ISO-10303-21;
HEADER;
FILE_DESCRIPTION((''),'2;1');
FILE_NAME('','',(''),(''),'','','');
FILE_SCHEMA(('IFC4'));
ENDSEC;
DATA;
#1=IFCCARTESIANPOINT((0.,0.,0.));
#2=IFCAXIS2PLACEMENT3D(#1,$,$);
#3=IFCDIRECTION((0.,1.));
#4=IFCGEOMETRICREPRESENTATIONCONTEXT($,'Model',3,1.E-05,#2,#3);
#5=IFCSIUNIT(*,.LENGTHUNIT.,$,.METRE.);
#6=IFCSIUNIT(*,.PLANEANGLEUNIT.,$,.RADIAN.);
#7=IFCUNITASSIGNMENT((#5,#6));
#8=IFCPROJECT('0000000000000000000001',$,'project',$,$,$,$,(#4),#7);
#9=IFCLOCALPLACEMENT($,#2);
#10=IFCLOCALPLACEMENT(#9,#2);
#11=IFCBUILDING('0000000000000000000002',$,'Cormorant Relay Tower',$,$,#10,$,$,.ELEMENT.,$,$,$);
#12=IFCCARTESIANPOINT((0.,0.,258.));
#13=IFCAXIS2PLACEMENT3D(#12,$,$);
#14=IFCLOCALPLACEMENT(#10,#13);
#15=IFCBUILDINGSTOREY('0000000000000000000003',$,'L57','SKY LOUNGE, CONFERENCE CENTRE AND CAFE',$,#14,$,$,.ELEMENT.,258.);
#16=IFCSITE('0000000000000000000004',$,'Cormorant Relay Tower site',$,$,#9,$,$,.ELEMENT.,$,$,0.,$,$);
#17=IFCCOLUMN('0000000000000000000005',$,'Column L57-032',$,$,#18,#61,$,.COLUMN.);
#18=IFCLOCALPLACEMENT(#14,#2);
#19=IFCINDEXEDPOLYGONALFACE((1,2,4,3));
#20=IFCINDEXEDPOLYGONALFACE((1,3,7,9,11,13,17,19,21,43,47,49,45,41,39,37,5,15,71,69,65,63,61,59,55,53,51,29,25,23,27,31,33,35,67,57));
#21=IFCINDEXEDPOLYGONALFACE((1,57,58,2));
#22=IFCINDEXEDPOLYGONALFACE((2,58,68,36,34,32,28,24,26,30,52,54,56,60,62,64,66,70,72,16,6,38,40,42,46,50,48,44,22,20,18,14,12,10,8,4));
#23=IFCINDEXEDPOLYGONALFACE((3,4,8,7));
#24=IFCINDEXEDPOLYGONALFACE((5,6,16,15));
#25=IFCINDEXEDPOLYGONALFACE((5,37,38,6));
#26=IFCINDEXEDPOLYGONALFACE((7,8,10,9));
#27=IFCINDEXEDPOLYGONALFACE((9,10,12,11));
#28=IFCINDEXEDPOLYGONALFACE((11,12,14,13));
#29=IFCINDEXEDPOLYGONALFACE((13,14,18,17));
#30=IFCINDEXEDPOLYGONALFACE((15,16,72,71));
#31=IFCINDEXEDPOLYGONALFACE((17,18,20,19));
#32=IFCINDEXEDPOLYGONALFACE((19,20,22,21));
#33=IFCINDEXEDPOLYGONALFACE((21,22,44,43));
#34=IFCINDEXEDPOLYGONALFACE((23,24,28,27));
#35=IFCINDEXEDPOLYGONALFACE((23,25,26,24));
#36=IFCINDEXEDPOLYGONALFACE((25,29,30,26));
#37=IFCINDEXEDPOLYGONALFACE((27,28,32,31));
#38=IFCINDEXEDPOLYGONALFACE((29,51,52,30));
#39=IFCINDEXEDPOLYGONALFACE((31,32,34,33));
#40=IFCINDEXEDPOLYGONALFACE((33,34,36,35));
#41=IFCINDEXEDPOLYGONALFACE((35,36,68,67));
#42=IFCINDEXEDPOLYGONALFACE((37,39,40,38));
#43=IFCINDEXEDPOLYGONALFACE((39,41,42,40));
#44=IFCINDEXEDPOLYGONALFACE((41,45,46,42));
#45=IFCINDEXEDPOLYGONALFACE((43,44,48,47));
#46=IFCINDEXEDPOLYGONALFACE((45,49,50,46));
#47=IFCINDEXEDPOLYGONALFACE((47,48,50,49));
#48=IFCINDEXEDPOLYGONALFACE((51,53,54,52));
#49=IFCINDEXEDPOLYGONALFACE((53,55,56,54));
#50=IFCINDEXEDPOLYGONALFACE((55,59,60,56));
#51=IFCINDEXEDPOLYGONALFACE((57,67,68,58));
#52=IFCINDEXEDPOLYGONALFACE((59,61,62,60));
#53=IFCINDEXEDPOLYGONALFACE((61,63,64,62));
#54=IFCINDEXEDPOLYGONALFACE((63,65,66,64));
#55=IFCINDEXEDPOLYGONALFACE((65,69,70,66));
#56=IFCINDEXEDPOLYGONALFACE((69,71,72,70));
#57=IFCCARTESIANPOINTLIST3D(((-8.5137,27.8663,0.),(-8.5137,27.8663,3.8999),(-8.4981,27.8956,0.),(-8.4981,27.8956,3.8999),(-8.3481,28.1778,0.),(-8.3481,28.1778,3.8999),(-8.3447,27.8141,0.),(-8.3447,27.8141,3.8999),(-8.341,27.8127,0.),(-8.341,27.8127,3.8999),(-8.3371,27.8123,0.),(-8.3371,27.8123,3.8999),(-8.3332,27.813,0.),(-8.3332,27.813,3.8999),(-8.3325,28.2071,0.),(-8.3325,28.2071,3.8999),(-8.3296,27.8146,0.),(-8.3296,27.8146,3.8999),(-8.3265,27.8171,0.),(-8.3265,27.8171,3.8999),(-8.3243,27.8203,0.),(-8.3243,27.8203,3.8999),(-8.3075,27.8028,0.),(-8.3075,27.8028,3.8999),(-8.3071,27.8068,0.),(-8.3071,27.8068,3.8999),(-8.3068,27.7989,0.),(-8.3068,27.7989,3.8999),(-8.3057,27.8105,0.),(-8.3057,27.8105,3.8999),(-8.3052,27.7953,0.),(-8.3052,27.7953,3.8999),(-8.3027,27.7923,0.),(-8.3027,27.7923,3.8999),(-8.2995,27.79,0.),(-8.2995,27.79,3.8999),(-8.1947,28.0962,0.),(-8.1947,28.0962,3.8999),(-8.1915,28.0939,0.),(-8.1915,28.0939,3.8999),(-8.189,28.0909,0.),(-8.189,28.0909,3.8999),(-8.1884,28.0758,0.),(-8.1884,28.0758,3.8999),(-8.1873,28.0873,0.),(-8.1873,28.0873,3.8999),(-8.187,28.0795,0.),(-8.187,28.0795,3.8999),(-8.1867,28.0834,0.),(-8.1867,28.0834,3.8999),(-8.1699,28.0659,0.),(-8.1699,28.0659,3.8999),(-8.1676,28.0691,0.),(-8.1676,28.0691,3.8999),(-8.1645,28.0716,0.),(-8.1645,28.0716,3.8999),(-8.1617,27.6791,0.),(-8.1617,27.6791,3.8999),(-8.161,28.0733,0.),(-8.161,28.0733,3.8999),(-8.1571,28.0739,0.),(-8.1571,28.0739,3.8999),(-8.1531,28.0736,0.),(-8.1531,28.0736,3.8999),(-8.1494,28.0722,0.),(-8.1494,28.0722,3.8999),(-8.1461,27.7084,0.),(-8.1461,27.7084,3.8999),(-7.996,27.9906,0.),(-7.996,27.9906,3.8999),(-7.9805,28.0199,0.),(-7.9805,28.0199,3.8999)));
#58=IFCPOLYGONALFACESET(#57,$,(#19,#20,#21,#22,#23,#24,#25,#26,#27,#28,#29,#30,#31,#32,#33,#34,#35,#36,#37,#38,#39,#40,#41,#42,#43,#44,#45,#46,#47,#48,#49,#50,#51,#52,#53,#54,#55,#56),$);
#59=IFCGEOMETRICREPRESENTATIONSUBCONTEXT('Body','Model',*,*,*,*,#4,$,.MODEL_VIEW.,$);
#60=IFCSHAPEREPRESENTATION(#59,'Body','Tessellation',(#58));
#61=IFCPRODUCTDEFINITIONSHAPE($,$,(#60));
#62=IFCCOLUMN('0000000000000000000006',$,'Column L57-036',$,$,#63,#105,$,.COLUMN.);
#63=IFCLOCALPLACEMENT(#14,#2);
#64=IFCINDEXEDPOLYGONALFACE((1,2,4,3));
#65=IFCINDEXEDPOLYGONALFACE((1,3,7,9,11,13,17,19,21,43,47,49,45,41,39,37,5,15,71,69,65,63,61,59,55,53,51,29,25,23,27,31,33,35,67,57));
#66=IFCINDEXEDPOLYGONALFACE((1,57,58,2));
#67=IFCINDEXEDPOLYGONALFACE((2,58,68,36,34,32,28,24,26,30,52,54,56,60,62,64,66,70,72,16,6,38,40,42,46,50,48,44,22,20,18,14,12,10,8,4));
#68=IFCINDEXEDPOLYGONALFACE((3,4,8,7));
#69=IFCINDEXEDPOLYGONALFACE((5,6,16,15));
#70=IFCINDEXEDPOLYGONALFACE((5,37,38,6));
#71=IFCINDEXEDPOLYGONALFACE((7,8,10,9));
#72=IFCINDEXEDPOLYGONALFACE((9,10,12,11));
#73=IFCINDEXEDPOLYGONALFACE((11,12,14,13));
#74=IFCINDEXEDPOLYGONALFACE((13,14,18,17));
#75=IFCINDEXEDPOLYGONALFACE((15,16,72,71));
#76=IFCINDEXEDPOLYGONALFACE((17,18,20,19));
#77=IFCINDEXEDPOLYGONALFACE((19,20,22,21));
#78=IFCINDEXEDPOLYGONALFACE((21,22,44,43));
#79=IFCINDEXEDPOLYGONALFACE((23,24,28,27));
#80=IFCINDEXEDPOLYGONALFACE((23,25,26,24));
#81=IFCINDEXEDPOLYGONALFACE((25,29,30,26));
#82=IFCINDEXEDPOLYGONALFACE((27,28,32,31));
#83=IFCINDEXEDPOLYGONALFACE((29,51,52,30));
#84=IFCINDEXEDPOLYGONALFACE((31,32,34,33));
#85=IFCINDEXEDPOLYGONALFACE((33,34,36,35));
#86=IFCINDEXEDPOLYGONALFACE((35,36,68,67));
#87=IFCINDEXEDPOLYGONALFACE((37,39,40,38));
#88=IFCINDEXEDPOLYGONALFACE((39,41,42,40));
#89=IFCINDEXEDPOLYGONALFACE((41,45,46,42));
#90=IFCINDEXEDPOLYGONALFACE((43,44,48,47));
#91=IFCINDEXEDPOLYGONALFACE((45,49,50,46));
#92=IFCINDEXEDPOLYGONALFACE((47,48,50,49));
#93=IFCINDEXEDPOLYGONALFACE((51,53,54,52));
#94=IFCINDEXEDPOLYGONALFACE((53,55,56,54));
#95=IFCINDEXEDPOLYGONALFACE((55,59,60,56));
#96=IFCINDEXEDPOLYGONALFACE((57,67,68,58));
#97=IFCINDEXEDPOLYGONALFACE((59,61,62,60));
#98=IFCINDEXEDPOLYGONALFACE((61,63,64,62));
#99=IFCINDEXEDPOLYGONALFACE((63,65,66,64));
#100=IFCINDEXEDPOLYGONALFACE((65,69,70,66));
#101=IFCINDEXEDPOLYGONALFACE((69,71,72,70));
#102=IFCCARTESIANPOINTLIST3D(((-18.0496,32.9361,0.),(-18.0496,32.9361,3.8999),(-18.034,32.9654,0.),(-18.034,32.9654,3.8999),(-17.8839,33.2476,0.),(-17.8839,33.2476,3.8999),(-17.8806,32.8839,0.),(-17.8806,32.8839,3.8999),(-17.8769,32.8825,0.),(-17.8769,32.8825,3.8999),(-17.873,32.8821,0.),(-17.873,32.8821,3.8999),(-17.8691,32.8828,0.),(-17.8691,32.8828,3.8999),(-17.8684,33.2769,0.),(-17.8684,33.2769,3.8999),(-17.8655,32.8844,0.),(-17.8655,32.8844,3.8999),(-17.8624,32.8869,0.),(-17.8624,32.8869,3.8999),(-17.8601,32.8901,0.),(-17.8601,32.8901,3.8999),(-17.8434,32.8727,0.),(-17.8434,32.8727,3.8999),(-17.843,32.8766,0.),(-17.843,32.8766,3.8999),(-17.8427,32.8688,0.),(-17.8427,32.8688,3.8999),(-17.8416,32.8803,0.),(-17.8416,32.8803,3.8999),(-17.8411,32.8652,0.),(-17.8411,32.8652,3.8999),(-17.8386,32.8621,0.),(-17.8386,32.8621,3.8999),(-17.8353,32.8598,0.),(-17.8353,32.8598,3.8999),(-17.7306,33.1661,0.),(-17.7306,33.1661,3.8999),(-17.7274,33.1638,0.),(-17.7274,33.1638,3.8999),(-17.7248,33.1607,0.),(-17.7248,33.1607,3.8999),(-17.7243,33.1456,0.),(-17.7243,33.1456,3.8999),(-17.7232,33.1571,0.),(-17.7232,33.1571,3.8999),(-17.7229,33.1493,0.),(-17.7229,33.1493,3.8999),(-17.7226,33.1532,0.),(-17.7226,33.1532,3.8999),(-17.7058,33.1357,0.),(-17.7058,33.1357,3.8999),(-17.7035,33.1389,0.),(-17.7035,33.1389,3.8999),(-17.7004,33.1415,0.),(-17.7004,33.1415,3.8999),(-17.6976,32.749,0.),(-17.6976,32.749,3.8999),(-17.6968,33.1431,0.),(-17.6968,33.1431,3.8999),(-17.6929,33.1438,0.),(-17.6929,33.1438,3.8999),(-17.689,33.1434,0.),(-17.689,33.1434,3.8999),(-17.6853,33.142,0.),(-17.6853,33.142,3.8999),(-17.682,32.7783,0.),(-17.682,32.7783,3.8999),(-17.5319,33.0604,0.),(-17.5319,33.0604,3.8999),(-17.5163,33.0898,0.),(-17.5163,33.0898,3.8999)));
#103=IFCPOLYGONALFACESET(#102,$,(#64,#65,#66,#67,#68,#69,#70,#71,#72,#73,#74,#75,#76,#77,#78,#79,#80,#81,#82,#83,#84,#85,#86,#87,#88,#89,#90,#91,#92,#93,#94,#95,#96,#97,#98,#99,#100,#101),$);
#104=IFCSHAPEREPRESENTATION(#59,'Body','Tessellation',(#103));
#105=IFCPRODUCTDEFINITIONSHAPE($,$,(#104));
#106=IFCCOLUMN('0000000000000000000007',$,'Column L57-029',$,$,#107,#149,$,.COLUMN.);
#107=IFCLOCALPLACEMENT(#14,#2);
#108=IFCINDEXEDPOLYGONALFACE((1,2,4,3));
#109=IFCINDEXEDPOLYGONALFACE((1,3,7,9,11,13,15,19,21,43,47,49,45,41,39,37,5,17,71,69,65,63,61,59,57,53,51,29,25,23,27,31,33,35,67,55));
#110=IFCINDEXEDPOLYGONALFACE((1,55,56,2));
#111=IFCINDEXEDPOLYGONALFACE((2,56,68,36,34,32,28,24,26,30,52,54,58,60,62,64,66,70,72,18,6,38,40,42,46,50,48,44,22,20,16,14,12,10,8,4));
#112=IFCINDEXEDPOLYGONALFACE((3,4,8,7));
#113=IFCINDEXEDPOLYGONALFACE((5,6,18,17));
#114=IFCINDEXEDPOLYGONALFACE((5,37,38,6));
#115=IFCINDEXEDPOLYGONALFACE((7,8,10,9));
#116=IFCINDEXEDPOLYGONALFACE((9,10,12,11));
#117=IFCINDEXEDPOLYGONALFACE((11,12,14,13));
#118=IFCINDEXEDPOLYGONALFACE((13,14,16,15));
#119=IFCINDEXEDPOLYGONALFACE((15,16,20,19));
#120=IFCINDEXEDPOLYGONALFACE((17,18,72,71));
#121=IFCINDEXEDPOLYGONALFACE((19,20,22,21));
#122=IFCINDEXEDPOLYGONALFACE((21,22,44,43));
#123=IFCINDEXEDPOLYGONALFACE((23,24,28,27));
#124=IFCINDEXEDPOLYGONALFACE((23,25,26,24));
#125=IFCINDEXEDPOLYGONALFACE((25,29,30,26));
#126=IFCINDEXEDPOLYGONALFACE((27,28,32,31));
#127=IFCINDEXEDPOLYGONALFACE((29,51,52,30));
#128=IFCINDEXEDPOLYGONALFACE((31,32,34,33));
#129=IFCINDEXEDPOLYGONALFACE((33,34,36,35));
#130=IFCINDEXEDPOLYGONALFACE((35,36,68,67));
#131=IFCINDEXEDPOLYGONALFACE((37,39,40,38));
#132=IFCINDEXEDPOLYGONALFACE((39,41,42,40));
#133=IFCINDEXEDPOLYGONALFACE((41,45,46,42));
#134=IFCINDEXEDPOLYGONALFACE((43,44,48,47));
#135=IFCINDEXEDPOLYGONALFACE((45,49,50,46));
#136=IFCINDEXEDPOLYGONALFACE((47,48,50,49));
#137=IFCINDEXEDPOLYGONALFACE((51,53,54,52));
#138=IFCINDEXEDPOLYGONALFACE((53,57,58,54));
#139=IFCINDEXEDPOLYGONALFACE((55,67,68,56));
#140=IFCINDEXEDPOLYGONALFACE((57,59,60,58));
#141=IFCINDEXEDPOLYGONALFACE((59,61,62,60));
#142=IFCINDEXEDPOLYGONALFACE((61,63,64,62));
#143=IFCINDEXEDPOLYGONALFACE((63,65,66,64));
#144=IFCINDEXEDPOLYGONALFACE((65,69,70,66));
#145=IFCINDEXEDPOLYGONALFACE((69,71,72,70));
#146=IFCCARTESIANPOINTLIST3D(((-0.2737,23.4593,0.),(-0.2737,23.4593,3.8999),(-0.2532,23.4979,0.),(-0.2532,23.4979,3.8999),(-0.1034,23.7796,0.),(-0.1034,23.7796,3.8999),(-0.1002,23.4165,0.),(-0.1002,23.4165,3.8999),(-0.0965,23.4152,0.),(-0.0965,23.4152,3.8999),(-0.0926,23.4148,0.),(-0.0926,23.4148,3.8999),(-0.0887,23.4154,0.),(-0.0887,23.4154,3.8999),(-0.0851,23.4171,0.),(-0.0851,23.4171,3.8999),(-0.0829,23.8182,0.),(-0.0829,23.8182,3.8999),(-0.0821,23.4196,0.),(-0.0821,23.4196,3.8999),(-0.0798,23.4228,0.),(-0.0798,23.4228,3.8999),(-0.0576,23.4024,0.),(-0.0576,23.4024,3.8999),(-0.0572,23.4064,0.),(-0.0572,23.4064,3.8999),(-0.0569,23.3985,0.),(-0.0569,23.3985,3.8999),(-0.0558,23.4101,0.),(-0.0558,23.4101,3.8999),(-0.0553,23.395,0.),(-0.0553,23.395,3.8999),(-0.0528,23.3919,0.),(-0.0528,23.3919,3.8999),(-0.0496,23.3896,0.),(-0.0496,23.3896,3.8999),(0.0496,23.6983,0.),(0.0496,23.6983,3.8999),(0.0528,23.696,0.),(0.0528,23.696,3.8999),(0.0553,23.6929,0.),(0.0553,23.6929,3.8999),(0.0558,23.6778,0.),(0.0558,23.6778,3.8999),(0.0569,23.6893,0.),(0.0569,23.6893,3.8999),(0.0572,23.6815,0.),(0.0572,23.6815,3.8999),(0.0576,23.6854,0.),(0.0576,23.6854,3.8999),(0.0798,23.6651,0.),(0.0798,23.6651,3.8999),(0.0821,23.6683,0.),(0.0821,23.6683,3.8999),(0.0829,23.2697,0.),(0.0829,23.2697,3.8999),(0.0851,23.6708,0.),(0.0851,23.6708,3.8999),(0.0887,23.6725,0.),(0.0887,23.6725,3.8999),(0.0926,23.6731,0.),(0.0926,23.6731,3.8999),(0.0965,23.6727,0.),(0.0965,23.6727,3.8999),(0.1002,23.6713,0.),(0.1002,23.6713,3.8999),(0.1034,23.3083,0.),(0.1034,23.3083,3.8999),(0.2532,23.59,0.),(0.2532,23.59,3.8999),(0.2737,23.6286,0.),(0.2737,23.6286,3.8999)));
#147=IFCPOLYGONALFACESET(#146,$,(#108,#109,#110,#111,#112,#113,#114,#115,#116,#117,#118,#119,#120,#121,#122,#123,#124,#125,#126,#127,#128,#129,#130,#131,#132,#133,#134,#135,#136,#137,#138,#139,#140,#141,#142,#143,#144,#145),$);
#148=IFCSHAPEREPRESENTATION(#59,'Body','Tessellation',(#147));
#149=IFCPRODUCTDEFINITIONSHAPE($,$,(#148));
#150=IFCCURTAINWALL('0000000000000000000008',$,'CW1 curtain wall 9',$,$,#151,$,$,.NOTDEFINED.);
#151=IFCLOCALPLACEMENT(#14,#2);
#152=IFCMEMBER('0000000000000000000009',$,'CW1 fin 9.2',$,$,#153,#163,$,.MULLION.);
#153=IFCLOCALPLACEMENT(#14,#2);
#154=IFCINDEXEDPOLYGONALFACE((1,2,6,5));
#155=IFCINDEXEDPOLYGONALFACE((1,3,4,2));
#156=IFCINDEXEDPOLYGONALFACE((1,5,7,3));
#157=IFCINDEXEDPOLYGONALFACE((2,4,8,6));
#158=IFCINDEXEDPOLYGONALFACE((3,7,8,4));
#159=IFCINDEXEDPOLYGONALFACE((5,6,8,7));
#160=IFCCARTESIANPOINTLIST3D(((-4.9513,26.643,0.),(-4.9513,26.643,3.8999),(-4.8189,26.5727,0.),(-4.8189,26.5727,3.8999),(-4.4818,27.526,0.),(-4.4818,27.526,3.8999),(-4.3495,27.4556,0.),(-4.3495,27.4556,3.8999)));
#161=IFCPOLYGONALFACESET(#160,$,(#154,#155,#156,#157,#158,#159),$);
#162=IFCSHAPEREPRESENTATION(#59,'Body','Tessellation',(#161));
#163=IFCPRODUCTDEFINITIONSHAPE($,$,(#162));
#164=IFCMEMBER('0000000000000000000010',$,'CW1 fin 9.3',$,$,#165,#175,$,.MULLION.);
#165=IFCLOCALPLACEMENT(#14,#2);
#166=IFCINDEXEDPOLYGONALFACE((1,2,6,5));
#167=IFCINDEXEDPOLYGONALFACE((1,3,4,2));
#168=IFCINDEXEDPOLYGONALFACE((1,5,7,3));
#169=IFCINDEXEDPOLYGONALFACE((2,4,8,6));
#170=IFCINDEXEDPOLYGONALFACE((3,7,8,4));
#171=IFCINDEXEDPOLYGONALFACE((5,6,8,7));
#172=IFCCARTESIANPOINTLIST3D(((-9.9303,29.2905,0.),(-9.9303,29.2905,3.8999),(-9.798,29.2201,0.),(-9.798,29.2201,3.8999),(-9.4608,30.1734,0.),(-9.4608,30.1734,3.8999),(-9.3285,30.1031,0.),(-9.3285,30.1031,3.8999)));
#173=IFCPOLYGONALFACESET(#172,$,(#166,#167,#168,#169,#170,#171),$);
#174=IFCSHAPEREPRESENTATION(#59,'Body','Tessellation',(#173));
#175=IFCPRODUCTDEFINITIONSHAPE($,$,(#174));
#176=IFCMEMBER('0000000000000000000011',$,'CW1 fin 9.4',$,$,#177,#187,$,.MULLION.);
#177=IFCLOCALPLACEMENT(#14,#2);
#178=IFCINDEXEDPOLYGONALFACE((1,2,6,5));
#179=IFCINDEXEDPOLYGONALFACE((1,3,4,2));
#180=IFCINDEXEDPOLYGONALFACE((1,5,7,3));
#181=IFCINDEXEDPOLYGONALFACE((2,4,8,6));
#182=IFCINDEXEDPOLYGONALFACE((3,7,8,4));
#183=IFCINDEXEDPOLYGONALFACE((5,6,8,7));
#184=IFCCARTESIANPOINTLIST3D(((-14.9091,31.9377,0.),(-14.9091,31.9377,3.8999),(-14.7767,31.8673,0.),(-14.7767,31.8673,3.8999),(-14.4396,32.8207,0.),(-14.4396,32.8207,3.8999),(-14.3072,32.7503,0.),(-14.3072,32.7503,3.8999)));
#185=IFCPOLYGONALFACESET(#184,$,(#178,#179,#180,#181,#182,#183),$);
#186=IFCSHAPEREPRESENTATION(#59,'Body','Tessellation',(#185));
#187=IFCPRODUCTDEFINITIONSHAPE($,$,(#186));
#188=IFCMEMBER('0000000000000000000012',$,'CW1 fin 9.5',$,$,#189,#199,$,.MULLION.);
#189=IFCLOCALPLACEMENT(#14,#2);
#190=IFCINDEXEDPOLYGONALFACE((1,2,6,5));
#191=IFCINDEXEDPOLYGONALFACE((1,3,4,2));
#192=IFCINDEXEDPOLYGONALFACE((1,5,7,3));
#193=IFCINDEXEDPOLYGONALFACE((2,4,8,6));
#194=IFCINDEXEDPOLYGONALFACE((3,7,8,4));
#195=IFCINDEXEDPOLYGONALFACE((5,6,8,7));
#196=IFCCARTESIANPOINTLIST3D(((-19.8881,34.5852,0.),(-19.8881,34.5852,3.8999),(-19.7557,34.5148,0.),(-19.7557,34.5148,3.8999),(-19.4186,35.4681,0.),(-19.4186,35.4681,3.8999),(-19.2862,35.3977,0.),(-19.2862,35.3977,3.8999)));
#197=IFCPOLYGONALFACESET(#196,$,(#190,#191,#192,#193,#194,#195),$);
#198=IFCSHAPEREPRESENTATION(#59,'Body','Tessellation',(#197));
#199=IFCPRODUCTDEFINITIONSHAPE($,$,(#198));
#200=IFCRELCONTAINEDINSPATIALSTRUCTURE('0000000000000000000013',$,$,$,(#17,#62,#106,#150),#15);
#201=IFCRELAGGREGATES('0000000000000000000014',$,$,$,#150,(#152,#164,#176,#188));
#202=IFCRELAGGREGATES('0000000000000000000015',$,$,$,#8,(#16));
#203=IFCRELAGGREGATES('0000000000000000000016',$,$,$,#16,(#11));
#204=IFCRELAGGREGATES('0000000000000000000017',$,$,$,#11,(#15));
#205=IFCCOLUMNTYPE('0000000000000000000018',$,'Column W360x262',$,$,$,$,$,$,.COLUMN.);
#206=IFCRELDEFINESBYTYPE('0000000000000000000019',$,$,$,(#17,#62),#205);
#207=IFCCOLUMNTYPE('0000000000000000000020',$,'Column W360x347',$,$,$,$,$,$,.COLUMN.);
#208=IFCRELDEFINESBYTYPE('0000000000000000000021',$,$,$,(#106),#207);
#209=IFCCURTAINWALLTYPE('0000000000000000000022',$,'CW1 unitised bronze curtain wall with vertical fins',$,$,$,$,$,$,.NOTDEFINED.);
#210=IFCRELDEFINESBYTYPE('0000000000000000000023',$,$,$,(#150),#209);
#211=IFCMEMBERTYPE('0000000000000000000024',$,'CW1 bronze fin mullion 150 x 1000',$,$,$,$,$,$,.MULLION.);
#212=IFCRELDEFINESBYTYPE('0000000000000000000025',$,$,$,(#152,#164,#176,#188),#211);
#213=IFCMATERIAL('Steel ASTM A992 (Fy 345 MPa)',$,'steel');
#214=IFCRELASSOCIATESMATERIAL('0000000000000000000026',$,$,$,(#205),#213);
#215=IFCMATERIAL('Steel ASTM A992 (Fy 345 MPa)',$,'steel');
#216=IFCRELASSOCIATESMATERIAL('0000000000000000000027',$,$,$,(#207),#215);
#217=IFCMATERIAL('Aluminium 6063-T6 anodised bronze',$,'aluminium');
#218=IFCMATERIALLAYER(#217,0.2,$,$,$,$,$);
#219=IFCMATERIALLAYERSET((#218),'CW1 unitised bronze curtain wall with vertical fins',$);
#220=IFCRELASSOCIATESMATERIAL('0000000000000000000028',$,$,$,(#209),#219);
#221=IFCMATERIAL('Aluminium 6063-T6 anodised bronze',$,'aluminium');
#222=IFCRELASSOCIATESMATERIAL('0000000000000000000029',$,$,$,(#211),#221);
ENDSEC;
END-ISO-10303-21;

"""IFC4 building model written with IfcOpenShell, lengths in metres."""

from ifc_helpers import new_model, si_unit, direction, frame, origin, origin_2d, place, context, subcontext, project, spatial, rectangle, i_section, extrude, material, layer, layer_set, material_profile, profile_set, type_object, element, aggregate, save


model = new_model("IFC4")

# Units and contexts
model_context = context("Model", 3, precision=1e-05, world=origin(), true_north=direction((0.0, 1.0)))
body_context = subcontext(model_context, "Body", "Model", "MODEL_VIEW")
ifc_project = project(units=[si_unit("LENGTHUNIT", "METRE"), si_unit("PLANEANGLEUNIT", "RADIAN")], contexts=[model_context])

# Site, building, storey
site_placement = place(None, origin())
site = spatial("IfcSite", under=ifc_project, at=site_placement, Name="Cormorant Relay Tower site", CompositionType="ELEMENT", RefElevation=0.0)
building_placement = place(site_placement, origin())
building = spatial("IfcBuilding", under=site, at=building_placement, Name="Cormorant Relay Tower", CompositionType="ELEMENT")
storey_placement = place(building_placement, frame((0.0, 0.0, 258.0)))
storey = spatial("IfcBuildingStorey", under=building, at=storey_placement, Name="L57", Description="SKY LOUNGE, CONFERENCE CENTRE AND CAFE", CompositionType="ELEMENT", Elevation=258.0)

# Columns
ifc_material_1 = material(Name="Steel ASTM A992 (Fy 345 MPa)", Category="steel")
ifc_material_profile_1 = material_profile(ifc_material_1, i_section(OverallWidth=0.3987, OverallDepth=0.386, WebThickness=0.021, FlangeThickness=0.0332, FilletRadius=0.0151, at=origin_2d()), Name="W360x262")
ifc_profile_set_1 = profile_set([ifc_material_profile_1], Name="Steel ASTM A992 (Fy 345 MPa)")
column_type_1 = type_object("IfcColumnType", Name="Column W360x262", PredefinedType="COLUMN", material=ifc_profile_set_1)
for number, where, z_axis, x_axis, name in (
    (1, (-8.2471, 27.9431, 0.0), (0.0, 0.0, 1.0), (-0.882948, 0.469472, 0.0), "Column L57-032"),
    (2, (-17.783, 33.0129, 0.0), (0.0, 0.0, 1.0), (-0.882948, 0.469472, 0.0), "Column L57-036"),
):
    element("IfcColumn", number, at=place(storey_placement, frame(where, z_axis=z_axis, x_axis=x_axis)), inside=storey, type_object=column_type_1, Name=name, PredefinedType="COLUMN", context=body_context, shape_type="SweptSolid", body=[
        extrude(i_section(OverallWidth=0.3987, OverallDepth=0.386, WebThickness=0.021, FlangeThickness=0.0332, FilletRadius=0.0151, at=origin_2d()), origin(), (0.0, 0.0, 1.0), 3.8999),
    ])
ifc_material_2 = material(Name="Steel ASTM A992 (Fy 345 MPa)", Category="steel")
ifc_material_profile_2 = material_profile(ifc_material_2, i_section(OverallWidth=0.4038, OverallDepth=0.4065, WebThickness=0.0271, FlangeThickness=0.0437, FilletRadius=0.0151, at=origin_2d()), Name="W360x347")
ifc_profile_set_2 = profile_set([ifc_material_profile_2], Name="Steel ASTM A992 (Fy 345 MPa)")
column_type_2 = type_object("IfcColumnType", Name="Column W360x347", PredefinedType="COLUMN", material=ifc_profile_set_2)
column_placement = place(storey_placement, frame((0.0, 23.5439, 0.0), z_axis=(0.0, 0.0, 1.0), x_axis=(-0.882948, 0.469472, 0.0)))
element("IfcColumn", 3, at=column_placement, inside=storey, type_object=column_type_2, Name="Column L57-029", PredefinedType="COLUMN", context=body_context, shape_type="SweptSolid", body=[
    extrude(i_section(OverallWidth=0.4038, OverallDepth=0.4065, WebThickness=0.0271, FlangeThickness=0.0437, FilletRadius=0.0151, at=origin_2d()), origin(), (0.0, 0.0, 1.0), 3.8999),
])

# Curtain wall, members
ifc_material_3 = material(Name="Aluminium 6063-T6 anodised bronze", Category="aluminium")
ifc_layer_1 = layer(ifc_material_3, 0.2)
ifc_layer_set_1 = layer_set([ifc_layer_1], Name="CW1 unitised bronze curtain wall with vertical fins")
curtain_wall_type = type_object("IfcCurtainWallType", Name="CW1 unitised bronze curtain wall with vertical fins", PredefinedType="NOTDEFINED", material=ifc_layer_set_1)
curtain_wall_placement = place(storey_placement, origin())
curtain_wall = element("IfcCurtainWall", 4, at=curtain_wall_placement, inside=storey, type_object=curtain_wall_type, Name="CW1 curtain wall 9", PredefinedType="NOTDEFINED")
ifc_material_4 = material(Name="Aluminium 6063-T6 anodised bronze", Category="aluminium")
ifc_material_profile_3 = material_profile(ifc_material_4, rectangle(XDim=0.1499, YDim=1.0, at=origin_2d()), Name="AL 150x1000")
ifc_profile_set_3 = profile_set([ifc_material_profile_3], Name="Aluminium 6063-T6 anodised bronze")
member_type = type_object("IfcMemberType", Name="CW1 bronze fin mullion 150 x 1000", PredefinedType="MULLION", material=ifc_profile_set_3)
member_1_placement = place(storey_placement, frame((-4.6504, 27.0493, 0.0), z_axis=(0.0, 0.0, 1.0), x_axis=(-0.882948, 0.469472, 0.0)))
member_1 = element("IfcMember", 5, at=member_1_placement, type_object=member_type, Name="CW1 fin 9.2", PredefinedType="MULLION", context=body_context, shape_type="SweptSolid", body=[
    extrude(rectangle(XDim=0.1499, YDim=1.0, at=origin_2d()), origin(), (0.0, 0.0, 1.0), 3.8999),
])
member_2_placement = place(storey_placement, frame((-9.6294, 29.6968, 0.0), z_axis=(0.0, 0.0, 1.0), x_axis=(-0.882948, 0.469472, 0.0)))
member_2 = element("IfcMember", 6, at=member_2_placement, type_object=member_type, Name="CW1 fin 9.3", PredefinedType="MULLION", context=body_context, shape_type="SweptSolid", body=[
    extrude(rectangle(XDim=0.1499, YDim=1.0, at=origin_2d()), origin(), (0.0, 0.0, 1.0), 3.8999),
])
member_3_placement = place(storey_placement, frame((-14.6082, 32.344, 0.0), z_axis=(0.0, 0.0, 1.0), x_axis=(-0.882948, 0.469472, 0.0)))
member_3 = element("IfcMember", 7, at=member_3_placement, type_object=member_type, Name="CW1 fin 9.4", PredefinedType="MULLION", context=body_context, shape_type="SweptSolid", body=[
    extrude(rectangle(XDim=0.1499, YDim=1.0, at=origin_2d()), origin(), (0.0, 0.0, 1.0), 3.8999),
])
member_4_placement = place(storey_placement, frame((-19.5872, 34.9915, 0.0), z_axis=(0.0, 0.0, 1.0), x_axis=(-0.882948, 0.469472, 0.0)))
member_4 = element("IfcMember", 8, at=member_4_placement, type_object=member_type, Name="CW1 fin 9.5", PredefinedType="MULLION", context=body_context, shape_type="SweptSolid", body=[
    extrude(rectangle(XDim=0.1499, YDim=1.0, at=origin_2d()), origin(), (0.0, 0.0, 1.0), 3.8999),
])

aggregate(curtain_wall, [member_1, member_2, member_3, member_4])

save(model, "model.ifc")
